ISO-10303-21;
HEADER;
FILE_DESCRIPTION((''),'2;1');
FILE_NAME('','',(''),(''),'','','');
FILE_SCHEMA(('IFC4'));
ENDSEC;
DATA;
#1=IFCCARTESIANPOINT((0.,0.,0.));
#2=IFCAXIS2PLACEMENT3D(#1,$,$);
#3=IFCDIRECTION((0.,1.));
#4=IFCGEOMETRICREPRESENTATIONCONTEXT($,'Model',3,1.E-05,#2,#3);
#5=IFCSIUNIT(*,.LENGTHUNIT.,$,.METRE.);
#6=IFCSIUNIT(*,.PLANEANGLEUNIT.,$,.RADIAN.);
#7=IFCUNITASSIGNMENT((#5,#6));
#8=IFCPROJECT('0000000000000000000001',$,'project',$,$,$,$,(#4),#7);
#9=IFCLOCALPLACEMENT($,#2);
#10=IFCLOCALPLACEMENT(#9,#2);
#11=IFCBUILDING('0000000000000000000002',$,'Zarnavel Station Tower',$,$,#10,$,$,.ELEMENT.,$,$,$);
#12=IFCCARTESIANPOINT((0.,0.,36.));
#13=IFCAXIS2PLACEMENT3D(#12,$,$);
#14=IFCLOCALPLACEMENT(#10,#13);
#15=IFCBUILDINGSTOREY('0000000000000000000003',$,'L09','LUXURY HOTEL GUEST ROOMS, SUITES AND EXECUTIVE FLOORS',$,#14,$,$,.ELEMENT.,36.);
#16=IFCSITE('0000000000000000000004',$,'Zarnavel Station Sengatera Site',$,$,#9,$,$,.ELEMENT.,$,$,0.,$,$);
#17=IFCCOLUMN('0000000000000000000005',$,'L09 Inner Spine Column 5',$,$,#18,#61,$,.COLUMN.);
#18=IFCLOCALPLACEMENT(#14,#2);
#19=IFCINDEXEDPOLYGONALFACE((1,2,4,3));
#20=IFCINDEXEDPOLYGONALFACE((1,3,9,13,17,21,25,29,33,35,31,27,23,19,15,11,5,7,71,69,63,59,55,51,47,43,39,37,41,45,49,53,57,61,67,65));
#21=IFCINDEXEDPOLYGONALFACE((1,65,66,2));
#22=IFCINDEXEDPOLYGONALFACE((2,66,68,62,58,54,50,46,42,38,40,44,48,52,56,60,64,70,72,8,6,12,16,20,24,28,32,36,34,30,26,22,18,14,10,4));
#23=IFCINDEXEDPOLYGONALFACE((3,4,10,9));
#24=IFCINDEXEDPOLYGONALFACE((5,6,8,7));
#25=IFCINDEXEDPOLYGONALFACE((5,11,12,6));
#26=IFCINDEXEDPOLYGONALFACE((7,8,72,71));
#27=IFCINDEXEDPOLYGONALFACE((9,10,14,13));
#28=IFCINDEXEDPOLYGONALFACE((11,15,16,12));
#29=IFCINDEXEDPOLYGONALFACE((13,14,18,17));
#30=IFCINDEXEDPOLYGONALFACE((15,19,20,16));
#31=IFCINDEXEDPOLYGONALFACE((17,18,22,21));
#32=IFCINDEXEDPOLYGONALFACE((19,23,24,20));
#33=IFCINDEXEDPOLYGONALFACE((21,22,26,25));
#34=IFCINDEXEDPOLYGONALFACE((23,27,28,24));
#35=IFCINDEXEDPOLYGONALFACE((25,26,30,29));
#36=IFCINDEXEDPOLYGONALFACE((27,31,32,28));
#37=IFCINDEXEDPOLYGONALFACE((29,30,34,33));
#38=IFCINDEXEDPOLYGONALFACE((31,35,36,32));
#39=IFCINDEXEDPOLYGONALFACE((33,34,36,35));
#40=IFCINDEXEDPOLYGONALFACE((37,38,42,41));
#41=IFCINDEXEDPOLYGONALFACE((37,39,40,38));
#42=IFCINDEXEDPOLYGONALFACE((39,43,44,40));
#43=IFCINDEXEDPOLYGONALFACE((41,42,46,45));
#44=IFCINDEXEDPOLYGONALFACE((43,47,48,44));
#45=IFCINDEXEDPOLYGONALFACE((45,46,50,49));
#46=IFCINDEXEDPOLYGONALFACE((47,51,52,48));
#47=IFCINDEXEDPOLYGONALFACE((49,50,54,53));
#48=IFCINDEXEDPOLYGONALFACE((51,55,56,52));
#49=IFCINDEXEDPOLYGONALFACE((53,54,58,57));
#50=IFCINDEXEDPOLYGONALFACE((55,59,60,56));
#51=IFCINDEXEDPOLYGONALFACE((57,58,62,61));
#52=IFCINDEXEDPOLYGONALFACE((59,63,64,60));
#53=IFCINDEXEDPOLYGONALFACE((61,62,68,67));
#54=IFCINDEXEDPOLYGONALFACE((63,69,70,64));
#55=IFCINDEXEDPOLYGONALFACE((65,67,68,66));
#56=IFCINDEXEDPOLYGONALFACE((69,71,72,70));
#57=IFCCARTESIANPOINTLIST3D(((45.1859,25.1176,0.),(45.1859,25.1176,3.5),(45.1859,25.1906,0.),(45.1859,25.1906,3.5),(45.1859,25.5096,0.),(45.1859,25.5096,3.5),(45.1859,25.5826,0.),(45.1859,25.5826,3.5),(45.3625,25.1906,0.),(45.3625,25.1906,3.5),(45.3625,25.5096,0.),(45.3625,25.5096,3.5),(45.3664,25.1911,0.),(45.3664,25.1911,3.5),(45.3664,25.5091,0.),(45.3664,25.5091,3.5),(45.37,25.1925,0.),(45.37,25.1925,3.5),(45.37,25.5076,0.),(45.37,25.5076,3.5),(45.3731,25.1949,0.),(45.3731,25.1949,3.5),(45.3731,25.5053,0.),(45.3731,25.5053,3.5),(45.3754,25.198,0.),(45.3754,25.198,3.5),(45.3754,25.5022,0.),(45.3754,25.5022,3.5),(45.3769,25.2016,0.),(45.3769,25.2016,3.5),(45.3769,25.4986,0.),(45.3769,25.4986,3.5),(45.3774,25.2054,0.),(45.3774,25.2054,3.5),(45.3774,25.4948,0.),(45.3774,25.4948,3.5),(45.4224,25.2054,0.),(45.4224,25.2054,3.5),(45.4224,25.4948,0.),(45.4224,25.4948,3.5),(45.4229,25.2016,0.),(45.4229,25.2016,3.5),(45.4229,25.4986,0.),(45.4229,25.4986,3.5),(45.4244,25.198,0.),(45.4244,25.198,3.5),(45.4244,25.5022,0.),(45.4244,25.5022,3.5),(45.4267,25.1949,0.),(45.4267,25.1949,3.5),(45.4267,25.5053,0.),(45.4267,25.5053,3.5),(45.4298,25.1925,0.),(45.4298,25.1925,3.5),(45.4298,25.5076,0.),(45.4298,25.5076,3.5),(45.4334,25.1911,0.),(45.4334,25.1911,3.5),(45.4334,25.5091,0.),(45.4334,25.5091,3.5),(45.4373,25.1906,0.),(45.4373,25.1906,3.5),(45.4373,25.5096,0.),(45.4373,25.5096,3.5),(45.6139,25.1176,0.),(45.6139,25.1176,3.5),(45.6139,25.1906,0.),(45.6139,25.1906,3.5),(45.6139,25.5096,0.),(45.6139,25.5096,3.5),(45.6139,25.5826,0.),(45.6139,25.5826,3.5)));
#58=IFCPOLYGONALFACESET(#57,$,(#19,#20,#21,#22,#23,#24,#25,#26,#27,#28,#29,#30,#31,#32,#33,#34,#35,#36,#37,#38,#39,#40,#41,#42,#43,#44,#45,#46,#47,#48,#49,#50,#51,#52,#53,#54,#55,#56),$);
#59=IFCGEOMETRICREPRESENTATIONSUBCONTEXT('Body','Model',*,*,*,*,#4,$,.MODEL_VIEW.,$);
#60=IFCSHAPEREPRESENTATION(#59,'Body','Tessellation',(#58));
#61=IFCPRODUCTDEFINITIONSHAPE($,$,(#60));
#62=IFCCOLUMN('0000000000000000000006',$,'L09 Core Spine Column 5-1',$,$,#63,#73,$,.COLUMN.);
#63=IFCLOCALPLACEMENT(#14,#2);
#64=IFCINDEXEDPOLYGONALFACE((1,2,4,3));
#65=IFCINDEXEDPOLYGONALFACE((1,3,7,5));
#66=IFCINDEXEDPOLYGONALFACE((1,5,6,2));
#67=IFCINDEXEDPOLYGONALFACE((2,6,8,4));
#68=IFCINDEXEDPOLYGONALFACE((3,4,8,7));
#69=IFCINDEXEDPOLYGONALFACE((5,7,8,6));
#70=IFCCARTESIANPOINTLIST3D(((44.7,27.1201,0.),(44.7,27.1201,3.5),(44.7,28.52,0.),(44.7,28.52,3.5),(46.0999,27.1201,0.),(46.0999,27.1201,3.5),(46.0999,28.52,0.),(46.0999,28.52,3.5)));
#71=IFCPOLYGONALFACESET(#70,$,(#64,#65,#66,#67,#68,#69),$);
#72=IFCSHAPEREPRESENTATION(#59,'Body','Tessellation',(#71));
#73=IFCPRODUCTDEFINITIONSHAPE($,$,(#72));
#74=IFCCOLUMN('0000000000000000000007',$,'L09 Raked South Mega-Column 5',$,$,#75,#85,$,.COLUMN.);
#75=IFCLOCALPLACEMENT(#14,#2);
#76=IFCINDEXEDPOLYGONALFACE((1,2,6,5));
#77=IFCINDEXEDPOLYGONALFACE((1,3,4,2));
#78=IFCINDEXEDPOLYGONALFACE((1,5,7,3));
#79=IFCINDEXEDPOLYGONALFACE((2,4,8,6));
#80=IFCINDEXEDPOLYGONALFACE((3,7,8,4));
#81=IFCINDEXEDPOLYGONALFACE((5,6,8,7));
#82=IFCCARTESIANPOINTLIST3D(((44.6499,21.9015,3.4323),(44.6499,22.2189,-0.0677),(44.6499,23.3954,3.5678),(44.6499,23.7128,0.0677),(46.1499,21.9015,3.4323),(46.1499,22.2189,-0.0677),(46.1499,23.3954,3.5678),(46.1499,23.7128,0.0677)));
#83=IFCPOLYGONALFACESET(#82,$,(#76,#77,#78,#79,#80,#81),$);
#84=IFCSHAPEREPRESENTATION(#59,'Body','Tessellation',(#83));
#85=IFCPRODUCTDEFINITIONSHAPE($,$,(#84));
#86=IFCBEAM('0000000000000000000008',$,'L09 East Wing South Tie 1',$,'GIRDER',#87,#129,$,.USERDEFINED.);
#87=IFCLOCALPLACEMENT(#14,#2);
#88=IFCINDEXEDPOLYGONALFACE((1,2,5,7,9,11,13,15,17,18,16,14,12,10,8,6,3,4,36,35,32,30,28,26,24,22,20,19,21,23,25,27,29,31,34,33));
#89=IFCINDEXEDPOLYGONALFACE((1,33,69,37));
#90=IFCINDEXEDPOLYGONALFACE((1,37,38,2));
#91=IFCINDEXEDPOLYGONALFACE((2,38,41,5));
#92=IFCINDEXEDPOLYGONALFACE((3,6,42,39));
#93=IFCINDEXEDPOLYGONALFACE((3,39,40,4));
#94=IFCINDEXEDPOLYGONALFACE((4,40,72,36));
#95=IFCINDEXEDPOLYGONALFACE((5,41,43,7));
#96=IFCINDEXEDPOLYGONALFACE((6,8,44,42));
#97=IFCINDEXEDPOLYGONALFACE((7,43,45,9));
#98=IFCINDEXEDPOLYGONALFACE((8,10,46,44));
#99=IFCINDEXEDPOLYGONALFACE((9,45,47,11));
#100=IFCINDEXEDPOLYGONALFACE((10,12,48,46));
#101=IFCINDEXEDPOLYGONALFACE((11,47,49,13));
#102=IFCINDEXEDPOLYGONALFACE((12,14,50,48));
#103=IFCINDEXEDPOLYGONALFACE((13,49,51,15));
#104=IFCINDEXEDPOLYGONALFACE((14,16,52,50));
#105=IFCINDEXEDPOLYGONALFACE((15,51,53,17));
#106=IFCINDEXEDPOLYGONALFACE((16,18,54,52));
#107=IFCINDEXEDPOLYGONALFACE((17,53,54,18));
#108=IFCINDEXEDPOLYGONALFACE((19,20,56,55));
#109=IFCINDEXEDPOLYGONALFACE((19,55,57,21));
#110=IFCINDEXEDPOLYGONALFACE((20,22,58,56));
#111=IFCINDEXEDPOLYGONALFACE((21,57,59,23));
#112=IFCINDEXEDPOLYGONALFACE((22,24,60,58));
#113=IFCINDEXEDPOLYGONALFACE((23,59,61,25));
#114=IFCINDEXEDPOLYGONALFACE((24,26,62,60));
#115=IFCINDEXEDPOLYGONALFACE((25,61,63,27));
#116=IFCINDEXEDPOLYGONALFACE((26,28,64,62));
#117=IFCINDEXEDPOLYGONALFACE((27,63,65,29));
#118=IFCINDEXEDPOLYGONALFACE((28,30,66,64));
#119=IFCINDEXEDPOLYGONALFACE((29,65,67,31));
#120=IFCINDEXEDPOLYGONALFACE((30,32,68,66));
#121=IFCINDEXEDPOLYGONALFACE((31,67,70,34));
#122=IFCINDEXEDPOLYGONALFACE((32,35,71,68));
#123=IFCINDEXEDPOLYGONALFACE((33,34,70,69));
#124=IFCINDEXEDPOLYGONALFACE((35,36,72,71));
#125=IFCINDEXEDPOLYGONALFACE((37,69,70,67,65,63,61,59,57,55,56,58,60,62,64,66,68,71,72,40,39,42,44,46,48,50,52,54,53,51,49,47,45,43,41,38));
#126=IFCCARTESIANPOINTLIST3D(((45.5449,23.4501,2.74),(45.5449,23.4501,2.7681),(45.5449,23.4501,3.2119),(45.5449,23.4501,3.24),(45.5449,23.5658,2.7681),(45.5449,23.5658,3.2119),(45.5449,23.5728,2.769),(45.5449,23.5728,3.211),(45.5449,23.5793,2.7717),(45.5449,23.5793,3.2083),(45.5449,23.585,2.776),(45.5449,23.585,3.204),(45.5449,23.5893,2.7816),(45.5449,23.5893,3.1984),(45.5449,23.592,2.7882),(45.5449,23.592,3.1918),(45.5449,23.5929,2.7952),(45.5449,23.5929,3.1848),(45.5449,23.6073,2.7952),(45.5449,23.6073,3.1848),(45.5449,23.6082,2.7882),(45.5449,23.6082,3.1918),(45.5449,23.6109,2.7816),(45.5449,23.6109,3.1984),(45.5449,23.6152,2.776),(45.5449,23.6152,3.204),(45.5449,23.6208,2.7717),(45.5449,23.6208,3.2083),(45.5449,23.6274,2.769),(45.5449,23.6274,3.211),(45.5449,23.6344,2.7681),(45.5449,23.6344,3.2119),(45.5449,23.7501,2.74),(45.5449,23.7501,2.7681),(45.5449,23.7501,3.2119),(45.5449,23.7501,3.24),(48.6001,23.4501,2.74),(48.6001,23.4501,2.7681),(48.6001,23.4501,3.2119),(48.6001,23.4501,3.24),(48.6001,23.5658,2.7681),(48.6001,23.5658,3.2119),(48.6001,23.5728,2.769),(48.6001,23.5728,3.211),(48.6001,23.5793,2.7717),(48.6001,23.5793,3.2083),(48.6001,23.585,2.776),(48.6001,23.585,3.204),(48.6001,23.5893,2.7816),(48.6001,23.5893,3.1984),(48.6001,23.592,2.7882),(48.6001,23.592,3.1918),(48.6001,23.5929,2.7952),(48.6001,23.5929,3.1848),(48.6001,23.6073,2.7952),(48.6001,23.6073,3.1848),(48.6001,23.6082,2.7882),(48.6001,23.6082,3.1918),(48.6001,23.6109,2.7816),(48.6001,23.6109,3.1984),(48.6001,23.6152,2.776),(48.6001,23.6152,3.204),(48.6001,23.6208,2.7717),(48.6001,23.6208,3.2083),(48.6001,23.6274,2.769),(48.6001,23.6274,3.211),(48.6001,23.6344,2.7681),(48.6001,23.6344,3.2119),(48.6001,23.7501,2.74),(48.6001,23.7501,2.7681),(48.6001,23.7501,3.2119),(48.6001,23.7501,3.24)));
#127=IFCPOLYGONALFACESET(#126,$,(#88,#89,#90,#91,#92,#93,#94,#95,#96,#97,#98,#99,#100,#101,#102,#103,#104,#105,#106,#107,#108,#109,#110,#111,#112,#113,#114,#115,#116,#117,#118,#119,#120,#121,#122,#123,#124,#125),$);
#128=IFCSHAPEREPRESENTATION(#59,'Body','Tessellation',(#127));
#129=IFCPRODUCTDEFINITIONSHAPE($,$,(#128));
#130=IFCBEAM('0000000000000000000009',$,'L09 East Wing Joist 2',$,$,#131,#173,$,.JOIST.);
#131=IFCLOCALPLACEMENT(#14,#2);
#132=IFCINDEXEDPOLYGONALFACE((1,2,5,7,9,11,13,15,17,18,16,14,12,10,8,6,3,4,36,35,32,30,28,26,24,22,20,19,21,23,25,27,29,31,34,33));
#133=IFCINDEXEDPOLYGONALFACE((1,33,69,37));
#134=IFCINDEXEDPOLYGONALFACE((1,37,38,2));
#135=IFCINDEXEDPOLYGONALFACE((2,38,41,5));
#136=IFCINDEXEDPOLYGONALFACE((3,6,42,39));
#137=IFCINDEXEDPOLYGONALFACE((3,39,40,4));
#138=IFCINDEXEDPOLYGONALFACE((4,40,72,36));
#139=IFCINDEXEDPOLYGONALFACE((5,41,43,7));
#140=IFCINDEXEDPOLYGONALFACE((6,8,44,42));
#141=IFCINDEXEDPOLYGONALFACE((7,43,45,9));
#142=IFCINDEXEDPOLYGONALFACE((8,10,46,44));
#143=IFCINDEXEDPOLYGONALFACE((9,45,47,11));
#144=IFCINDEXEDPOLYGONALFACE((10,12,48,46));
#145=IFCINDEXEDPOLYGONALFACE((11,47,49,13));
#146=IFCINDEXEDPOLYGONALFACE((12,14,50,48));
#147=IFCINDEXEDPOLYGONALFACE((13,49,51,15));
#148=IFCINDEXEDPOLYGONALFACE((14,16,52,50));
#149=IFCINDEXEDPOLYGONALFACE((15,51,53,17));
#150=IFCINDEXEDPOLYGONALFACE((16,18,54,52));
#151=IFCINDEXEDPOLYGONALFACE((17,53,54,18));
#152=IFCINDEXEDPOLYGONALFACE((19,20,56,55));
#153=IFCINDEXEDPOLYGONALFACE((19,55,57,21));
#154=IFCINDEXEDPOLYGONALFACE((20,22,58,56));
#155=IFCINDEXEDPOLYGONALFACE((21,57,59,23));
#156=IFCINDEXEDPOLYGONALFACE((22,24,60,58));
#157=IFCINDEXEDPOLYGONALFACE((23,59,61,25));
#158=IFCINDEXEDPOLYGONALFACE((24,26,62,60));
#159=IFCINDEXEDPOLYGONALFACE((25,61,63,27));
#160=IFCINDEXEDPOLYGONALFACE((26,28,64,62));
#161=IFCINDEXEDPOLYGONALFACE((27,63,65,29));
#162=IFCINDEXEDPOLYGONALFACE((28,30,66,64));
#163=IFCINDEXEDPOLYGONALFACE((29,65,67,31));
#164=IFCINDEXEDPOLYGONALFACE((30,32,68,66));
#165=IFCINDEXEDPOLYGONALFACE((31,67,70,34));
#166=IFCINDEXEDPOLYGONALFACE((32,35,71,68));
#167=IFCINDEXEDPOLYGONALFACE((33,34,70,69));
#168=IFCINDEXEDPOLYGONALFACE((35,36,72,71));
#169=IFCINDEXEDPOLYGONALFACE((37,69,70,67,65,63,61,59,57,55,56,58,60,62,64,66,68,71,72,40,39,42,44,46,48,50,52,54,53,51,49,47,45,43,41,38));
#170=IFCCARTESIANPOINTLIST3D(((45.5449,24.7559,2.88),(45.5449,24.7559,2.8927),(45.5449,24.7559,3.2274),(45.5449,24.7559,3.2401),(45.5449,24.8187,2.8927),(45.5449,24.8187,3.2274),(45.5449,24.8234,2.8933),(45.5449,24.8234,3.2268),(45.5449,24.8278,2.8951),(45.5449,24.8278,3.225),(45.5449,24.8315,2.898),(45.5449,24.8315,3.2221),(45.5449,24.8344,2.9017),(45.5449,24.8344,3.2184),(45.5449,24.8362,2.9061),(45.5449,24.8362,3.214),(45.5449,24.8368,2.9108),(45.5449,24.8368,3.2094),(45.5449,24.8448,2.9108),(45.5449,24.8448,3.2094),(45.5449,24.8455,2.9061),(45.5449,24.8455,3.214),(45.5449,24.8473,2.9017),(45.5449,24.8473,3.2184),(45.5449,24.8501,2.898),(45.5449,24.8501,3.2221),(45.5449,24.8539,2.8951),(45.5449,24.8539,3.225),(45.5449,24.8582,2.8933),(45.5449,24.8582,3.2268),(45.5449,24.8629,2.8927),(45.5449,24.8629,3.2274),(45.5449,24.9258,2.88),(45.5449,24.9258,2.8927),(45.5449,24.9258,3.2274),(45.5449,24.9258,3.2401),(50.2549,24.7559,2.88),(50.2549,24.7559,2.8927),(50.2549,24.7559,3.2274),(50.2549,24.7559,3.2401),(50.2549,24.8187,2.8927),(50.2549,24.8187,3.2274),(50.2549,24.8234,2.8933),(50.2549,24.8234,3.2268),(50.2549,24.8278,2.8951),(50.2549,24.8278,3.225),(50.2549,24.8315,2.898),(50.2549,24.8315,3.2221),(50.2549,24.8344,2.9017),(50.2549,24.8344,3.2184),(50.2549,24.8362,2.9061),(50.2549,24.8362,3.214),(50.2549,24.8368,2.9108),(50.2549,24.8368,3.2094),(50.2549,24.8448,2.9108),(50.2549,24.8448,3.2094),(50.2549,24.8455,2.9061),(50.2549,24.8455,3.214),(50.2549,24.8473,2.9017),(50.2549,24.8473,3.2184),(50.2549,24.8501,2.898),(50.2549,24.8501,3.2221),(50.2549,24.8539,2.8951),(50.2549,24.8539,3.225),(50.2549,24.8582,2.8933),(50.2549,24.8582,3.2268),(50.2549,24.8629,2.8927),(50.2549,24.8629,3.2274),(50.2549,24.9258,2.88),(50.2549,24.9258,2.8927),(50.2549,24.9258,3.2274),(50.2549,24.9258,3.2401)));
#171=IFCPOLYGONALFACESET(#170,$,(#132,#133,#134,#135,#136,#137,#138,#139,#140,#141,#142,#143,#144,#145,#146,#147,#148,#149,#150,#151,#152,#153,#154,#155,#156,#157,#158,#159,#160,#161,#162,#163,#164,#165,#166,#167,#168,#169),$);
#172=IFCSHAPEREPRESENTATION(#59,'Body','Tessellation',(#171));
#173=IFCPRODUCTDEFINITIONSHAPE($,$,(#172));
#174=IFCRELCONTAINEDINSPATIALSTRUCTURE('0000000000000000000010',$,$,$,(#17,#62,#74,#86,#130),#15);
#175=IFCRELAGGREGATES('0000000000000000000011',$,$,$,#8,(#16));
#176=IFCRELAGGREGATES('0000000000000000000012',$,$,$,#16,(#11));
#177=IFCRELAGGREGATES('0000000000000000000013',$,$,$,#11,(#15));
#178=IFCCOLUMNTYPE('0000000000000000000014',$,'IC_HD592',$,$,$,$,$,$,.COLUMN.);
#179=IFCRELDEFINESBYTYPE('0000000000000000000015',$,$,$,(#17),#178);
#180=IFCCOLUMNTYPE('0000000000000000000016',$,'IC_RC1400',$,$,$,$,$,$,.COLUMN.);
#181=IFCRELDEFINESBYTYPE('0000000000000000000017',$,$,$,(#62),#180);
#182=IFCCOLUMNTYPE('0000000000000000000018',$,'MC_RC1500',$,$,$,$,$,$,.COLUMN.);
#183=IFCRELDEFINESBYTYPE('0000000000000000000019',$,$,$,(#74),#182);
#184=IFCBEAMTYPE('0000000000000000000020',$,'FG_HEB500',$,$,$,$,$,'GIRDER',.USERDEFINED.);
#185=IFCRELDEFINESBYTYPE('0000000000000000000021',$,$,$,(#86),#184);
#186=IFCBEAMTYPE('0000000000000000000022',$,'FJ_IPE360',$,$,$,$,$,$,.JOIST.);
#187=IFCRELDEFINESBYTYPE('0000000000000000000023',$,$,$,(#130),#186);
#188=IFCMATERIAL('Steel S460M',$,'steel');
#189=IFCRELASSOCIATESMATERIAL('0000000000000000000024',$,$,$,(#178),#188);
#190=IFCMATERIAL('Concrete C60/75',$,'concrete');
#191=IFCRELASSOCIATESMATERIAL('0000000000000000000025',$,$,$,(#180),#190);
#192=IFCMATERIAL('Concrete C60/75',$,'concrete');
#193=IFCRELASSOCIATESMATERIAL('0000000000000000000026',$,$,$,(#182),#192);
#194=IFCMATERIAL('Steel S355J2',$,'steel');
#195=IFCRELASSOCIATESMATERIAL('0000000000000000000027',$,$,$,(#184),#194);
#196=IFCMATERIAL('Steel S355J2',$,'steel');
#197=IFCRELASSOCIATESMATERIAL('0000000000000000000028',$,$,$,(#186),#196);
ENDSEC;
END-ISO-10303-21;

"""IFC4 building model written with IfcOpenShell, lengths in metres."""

from ifc_helpers import new_model, si_unit, direction, frame, origin, origin_2d, place, context, subcontext, project, spatial, rectangle, i_section, extrude, material, material_profile, profile_set, type_object, element, save


model = new_model("IFC4")

# Units and contexts
model_context = context("Model", 3, precision=1e-05, world=origin(), true_north=direction((0.0, 1.0)))
body_context = subcontext(model_context, "Body", "Model", "MODEL_VIEW")
ifc_project = project(units=[si_unit("LENGTHUNIT", "METRE"), si_unit("PLANEANGLEUNIT", "RADIAN")], contexts=[model_context])

# Site, building, storey
site_placement = place(None, origin())
site = spatial("IfcSite", under=ifc_project, at=site_placement, Name="Zarnavel Station Sengatera Site", CompositionType="ELEMENT", RefElevation=0.0)
building_placement = place(site_placement, origin())
building = spatial("IfcBuilding", under=site, at=building_placement, Name="Zarnavel Station Tower", CompositionType="ELEMENT")
storey_placement = place(building_placement, frame((0.0, 0.0, 36.0)))
storey = spatial("IfcBuildingStorey", under=building, at=storey_placement, Name="L09", Description="LUXURY HOTEL GUEST ROOMS, SUITES AND EXECUTIVE FLOORS", CompositionType="ELEMENT", Elevation=36.0)

# Columns
ifc_material_1 = material(Name="Steel S460M", Category="steel")
ifc_material_profile_1 = material_profile(ifc_material_1, i_section(OverallWidth=0.428, OverallDepth=0.4651, WebThickness=0.0449, FlangeThickness=0.073, FilletRadius=0.0149, at=origin_2d()), Name="HD400x592")
ifc_profile_set_1 = profile_set([ifc_material_profile_1], Name="Steel S460M")
column_type_1 = type_object("IfcColumnType", Name="IC_HD592", PredefinedType="COLUMN", material=ifc_profile_set_1)
column_1_placement = place(storey_placement, frame((45.3999, 25.3501, 0.0), z_axis=(0.0, 0.0, 1.0), x_axis=(1.0, 0.0, 0.0)))
element("IfcColumn", 1, at=column_1_placement, inside=storey, type_object=column_type_1, Name="L09 Inner Spine Column 5", PredefinedType="COLUMN", context=body_context, shape_type="SweptSolid", body=[
    extrude(i_section(OverallWidth=0.428, OverallDepth=0.4651, WebThickness=0.0449, FlangeThickness=0.073, FilletRadius=0.0149, at=origin_2d()), origin(), (0.0, 0.0, 1.0), 3.5),
])
ifc_material_2 = material(Name="Concrete C60/75", Category="concrete")
ifc_material_profile_2 = material_profile(ifc_material_2, rectangle(XDim=1.3999, YDim=1.3999, at=origin_2d()), Name="RC1400x1400")
ifc_profile_set_2 = profile_set([ifc_material_profile_2], Name="Concrete C60/75")
column_type_2 = type_object("IfcColumnType", Name="IC_RC1400", PredefinedType="COLUMN", material=ifc_profile_set_2)
column_2_placement = place(storey_placement, frame((45.3999, 27.8201, 0.0), z_axis=(0.0, 0.0, 1.0), x_axis=(1.0, 0.0, 0.0)))
element("IfcColumn", 2, at=column_2_placement, inside=storey, type_object=column_type_2, Name="L09 Core Spine Column 5-1", PredefinedType="COLUMN", context=body_context, shape_type="SweptSolid", body=[
    extrude(rectangle(XDim=1.3999, YDim=1.3999, at=origin_2d()), origin(), (0.0, 0.0, 1.0), 3.5),
])
ifc_material_3 = material(Name="Concrete C60/75", Category="concrete")
ifc_material_profile_3 = material_profile(ifc_material_3, rectangle(XDim=1.5, YDim=1.5, at=origin_2d()), Name="RC1500x1500")
ifc_profile_set_3 = profile_set([ifc_material_profile_3], Name="Concrete C60/75")
column_type_3 = type_object("IfcColumnType", Name="MC_RC1500", PredefinedType="COLUMN", material=ifc_profile_set_3)
column_3_placement = place(storey_placement, frame((45.3999, 22.9658, 0.0), z_axis=(0.0, -0.09031, 0.995914), x_axis=(1.0, 0.0, 0.0)))
element("IfcColumn", 3, at=column_3_placement, inside=storey, type_object=column_type_3, Name="L09 Raked South Mega-Column 5", PredefinedType="COLUMN", context=body_context, shape_type="SweptSolid", body=[
    extrude(rectangle(XDim=1.5, YDim=1.5, at=origin_2d()), origin(), (0.0, 0.0, 1.0), 3.5144),
])

# Beams
ifc_material_4 = material(Name="Steel S355J2", Category="steel")
ifc_material_profile_4 = material_profile(ifc_material_4, i_section(OverallWidth=0.3, OverallDepth=0.5, WebThickness=0.0144, FlangeThickness=0.0281, FilletRadius=0.0271, at=origin_2d()), Name="HEB500")
ifc_profile_set_4 = profile_set([ifc_material_profile_4], Name="Steel S355J2")
beam_type_1 = type_object("IfcBeamType", Name="FG_HEB500", ElementType="GIRDER", PredefinedType="USERDEFINED", material=ifc_profile_set_4)
beam_1_placement = place(storey_placement, frame((45.5449, 23.6001, 2.99), z_axis=(1.0, 0.0, 0.0), x_axis=(0.0, 1.0, 0.0)))
element("IfcBeam", 4, at=beam_1_placement, inside=storey, type_object=beam_type_1, Name="L09 East Wing South Tie 1", ObjectType="GIRDER", PredefinedType="USERDEFINED", context=body_context, shape_type="SweptSolid", body=[
    extrude(i_section(OverallWidth=0.3, OverallDepth=0.5, WebThickness=0.0144, FlangeThickness=0.0281, FilletRadius=0.0271, at=origin_2d()), origin(), (0.0, 0.0, 1.0), 3.0552),
])
ifc_material_5 = material(Name="Steel S355J2", Category="steel")
ifc_material_profile_5 = material_profile(ifc_material_5, i_section(OverallWidth=0.1699, OverallDepth=0.3601, WebThickness=0.0081, FlangeThickness=0.0127, FilletRadius=0.0181, at=origin_2d()), Name="IPE360")
ifc_profile_set_5 = profile_set([ifc_material_profile_5], Name="Steel S355J2")
beam_type_2 = type_object("IfcBeamType", Name="FJ_IPE360", PredefinedType="JOIST", material=ifc_profile_set_5)
beam_2_placement = place(storey_placement, frame((45.5449, 24.8408, 3.0601), z_axis=(1.0, 0.0, 0.0), x_axis=(0.0, 1.0, 0.0)))
element("IfcBeam", 5, at=beam_2_placement, inside=storey, type_object=beam_type_2, Name="L09 East Wing Joist 2", PredefinedType="JOIST", context=body_context, shape_type="SweptSolid", body=[
    extrude(i_section(OverallWidth=0.1699, OverallDepth=0.3601, WebThickness=0.0081, FlangeThickness=0.0127, FilletRadius=0.0181, at=origin_2d()), origin(), (0.0, 0.0, 1.0), 4.71),
])

save(model, "model.ifc")
